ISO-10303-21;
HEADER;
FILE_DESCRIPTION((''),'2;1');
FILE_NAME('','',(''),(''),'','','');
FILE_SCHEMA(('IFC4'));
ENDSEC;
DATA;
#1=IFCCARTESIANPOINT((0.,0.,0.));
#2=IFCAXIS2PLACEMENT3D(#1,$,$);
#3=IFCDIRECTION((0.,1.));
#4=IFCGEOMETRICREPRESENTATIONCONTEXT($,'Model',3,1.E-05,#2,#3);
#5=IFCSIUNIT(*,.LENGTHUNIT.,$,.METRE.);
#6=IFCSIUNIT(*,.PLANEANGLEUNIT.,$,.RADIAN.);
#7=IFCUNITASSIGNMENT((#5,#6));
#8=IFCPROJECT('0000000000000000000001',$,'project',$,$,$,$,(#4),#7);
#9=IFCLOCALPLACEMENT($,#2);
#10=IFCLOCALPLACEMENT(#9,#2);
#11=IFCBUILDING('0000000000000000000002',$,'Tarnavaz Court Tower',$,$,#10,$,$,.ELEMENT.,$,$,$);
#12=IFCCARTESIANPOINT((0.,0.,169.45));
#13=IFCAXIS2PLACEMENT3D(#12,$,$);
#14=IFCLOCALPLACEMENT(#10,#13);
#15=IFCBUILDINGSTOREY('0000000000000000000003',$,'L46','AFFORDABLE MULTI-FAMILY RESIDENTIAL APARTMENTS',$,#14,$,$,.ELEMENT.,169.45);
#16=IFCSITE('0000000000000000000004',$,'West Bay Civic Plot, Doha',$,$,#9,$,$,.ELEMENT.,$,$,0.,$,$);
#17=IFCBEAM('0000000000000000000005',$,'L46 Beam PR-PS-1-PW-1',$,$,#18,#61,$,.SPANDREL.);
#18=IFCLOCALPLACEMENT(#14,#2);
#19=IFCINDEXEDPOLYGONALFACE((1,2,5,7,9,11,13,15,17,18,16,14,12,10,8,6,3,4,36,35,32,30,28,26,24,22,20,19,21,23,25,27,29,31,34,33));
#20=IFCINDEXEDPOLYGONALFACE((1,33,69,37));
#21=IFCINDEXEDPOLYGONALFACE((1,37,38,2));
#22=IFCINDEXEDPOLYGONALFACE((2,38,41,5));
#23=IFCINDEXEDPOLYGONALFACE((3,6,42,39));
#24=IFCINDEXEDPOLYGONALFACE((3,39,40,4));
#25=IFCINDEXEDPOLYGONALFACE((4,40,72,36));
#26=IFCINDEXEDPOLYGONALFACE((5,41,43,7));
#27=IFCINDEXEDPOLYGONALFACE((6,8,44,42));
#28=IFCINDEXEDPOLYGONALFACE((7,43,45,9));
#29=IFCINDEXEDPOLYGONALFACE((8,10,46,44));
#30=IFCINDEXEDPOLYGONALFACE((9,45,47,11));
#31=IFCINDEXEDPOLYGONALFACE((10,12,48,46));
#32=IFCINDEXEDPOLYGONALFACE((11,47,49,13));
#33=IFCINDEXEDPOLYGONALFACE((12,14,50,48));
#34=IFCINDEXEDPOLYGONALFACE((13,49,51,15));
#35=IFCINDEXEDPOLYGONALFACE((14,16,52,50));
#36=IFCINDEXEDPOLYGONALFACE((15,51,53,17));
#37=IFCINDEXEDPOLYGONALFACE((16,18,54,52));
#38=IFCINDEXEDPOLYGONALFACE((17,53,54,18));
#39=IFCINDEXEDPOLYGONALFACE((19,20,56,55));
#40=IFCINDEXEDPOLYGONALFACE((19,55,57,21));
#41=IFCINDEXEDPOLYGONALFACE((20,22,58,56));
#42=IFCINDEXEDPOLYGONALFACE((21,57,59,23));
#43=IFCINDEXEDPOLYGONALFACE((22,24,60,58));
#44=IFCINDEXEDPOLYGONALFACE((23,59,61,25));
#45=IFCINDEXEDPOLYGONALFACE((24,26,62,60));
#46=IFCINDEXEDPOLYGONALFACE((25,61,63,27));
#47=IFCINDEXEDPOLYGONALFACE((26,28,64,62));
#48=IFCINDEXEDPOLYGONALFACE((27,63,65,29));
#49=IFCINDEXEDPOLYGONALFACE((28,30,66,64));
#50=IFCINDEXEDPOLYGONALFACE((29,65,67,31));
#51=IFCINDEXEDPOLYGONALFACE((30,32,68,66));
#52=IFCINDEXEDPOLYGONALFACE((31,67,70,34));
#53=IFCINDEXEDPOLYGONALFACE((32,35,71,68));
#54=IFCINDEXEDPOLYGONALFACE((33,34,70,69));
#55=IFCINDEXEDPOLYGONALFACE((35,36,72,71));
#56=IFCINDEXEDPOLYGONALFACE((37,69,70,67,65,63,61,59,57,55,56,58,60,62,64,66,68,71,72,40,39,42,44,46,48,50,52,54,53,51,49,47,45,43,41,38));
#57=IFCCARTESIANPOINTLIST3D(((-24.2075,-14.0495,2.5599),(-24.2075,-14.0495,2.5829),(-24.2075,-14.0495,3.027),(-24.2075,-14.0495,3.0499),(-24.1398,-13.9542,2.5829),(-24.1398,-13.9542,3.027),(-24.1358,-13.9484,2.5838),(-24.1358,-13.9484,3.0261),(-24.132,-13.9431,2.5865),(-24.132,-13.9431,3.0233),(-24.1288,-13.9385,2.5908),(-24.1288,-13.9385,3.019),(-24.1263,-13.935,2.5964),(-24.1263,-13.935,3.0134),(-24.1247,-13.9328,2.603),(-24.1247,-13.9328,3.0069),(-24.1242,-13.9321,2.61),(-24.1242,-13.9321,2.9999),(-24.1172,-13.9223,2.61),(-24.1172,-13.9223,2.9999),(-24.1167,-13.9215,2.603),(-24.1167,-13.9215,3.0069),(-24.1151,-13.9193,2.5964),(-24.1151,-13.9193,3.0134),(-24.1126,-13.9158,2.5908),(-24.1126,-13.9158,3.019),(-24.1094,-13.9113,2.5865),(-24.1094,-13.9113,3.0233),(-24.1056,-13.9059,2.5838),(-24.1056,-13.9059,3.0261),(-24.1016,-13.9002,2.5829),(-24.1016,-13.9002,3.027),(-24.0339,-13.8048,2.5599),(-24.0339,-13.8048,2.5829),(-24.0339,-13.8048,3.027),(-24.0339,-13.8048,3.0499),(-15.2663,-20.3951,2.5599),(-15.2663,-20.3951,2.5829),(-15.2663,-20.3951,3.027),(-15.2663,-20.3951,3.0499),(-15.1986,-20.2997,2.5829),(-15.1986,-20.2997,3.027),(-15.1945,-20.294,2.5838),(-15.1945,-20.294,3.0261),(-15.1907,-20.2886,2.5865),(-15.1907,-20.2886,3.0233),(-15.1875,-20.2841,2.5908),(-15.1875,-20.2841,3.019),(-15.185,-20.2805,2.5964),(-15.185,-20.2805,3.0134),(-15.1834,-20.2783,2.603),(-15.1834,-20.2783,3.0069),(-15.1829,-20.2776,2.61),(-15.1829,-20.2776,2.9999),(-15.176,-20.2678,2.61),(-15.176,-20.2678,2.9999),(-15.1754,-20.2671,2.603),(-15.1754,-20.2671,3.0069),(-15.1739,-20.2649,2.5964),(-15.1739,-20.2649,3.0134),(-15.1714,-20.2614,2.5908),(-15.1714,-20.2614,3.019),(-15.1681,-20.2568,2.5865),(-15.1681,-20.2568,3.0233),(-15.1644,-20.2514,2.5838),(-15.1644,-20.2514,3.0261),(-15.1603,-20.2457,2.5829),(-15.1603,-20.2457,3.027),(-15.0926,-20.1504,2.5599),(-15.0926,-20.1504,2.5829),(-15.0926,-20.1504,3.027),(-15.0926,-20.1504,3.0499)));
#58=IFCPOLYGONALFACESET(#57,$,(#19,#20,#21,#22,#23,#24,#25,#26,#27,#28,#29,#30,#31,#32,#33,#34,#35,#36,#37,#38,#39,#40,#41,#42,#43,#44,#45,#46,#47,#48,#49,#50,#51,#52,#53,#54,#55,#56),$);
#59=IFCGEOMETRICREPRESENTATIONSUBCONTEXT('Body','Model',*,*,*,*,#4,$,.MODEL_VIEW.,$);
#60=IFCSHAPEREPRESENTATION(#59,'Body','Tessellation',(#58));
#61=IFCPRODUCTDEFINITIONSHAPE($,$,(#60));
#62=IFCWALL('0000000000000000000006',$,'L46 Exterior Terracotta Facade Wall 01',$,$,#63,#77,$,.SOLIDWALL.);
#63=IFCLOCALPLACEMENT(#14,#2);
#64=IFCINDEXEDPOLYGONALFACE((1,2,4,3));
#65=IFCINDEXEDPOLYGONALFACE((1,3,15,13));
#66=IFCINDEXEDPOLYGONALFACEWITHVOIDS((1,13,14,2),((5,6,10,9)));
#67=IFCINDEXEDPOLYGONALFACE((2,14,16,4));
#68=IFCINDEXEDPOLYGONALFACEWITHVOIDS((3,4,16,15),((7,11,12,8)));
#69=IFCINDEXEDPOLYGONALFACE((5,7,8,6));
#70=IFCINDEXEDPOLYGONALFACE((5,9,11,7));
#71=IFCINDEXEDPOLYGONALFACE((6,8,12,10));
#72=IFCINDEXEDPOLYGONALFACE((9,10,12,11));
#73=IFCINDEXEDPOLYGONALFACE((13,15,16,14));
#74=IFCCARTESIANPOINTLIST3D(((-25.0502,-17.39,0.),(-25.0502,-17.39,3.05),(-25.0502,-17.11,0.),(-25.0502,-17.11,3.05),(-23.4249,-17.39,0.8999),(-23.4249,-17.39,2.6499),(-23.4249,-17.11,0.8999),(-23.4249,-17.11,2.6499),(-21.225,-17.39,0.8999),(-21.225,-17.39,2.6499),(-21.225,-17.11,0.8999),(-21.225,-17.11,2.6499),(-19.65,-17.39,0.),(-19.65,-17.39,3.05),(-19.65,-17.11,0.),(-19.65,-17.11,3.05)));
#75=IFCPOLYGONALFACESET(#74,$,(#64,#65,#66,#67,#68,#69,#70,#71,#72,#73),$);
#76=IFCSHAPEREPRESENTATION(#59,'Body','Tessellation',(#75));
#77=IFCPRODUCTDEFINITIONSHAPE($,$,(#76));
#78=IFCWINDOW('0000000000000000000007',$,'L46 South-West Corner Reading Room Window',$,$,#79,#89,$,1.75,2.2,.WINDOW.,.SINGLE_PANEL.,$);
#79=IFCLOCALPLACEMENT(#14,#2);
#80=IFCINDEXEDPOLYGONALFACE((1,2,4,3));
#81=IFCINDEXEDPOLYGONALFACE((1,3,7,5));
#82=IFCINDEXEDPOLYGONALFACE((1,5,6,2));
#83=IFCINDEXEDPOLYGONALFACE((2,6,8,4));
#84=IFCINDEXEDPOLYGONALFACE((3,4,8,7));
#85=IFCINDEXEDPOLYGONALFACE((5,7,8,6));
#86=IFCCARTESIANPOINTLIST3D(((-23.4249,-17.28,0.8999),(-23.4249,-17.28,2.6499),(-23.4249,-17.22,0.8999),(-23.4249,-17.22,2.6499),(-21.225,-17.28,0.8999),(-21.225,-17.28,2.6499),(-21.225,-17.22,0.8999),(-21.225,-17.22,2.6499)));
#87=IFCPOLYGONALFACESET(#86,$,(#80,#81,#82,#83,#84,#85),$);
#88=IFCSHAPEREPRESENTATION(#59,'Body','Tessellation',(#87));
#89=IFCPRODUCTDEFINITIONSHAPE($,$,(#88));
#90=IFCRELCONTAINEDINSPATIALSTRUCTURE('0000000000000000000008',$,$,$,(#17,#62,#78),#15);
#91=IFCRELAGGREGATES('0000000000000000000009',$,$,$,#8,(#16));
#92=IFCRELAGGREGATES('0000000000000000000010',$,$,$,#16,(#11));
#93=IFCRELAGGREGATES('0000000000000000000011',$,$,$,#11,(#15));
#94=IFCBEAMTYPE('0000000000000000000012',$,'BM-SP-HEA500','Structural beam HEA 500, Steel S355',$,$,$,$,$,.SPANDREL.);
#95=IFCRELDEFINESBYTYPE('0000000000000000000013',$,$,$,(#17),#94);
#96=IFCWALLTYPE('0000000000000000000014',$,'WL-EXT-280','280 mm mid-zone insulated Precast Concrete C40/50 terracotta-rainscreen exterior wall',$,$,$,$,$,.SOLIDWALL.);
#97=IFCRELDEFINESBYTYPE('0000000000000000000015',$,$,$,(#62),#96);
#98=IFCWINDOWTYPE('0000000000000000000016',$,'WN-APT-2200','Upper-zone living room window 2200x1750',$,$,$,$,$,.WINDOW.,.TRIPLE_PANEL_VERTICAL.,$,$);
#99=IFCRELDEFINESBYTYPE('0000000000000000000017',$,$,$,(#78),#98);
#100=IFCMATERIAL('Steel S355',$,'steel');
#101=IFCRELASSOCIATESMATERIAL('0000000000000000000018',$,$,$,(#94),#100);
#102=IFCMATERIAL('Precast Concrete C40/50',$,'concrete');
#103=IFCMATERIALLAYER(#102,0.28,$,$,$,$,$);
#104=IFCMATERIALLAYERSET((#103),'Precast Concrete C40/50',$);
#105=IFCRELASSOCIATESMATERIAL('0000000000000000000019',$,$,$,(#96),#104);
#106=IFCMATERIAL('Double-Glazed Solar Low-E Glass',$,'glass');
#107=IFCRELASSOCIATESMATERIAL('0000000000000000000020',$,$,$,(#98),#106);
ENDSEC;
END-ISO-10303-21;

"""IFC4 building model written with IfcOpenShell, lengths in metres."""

from ifc_helpers import new_model, si_unit, direction, frame, frame_2d, origin, origin_2d, place, context, subcontext, project, spatial, rectangle, i_section, extrude, material, layer, layer_set, material_profile, profile_set, type_object, element, fill, save


model = new_model("IFC4")

# Units and contexts
model_context = context("Model", 3, precision=1e-05, world=origin(), true_north=direction((0.0, 1.0)))
body_context = subcontext(model_context, "Body", "Model", "MODEL_VIEW")
ifc_project = project(units=[si_unit("LENGTHUNIT", "METRE"), si_unit("PLANEANGLEUNIT", "RADIAN")], contexts=[model_context])

# Site, building, storey
site_placement = place(None, origin())
site = spatial("IfcSite", under=ifc_project, at=site_placement, Name="West Bay Civic Plot, Doha", CompositionType="ELEMENT", RefElevation=0.0)
building_placement = place(site_placement, origin())
building = spatial("IfcBuilding", under=site, at=building_placement, Name="Tarnavaz Court Tower", CompositionType="ELEMENT")
storey_placement = place(building_placement, frame((0.0, 0.0, 169.45)))
storey = spatial("IfcBuildingStorey", under=building, at=storey_placement, Name="L46", Description="AFFORDABLE MULTI-FAMILY RESIDENTIAL APARTMENTS", CompositionType="ELEMENT", Elevation=169.45)

# Beam
ifc_material_1 = material(Name="Steel S355", Category="steel")
ifc_material_profile_1 = material_profile(ifc_material_1, i_section(OverallWidth=0.3, OverallDepth=0.49, WebThickness=0.012, FlangeThickness=0.0229, FilletRadius=0.0271, at=origin_2d()), Name="HEA 500")
ifc_profile_set_1 = profile_set([ifc_material_profile_1], Name="Steel S355")
beam_type_1 = type_object("IfcBeamType", Name="BM-SP-HEA500", Description="Structural beam HEA 500, Steel S355", PredefinedType="SPANDREL", material=ifc_profile_set_1)
beam_1_placement = place(storey_placement, frame((-15.1794, -20.2727, 2.8049), z_axis=(-0.815502, 0.578754, 0.0), x_axis=(-0.578754, -0.815502, 0.0)))
element("IfcBeam", 1, at=beam_1_placement, inside=storey, type_object=beam_type_1, Name="L46 Beam PR-PS-1-PW-1", PredefinedType="SPANDREL", context=body_context, shape_type="SweptSolid", body=[
    extrude(i_section(OverallWidth=0.3, OverallDepth=0.49, WebThickness=0.012, FlangeThickness=0.0229, FilletRadius=0.0271, at=origin_2d()), origin(), (0.0, 0.0, 1.0), 10.9641),
])

# Wall, opening, window
ifc_material_2 = material(Name="Precast Concrete C40/50", Category="concrete")
ifc_layer_1 = layer(ifc_material_2, 0.28)
ifc_layer_set_1 = layer_set([ifc_layer_1], Name="Precast Concrete C40/50")
wall_type_1 = type_object("IfcWallType", Name="WL-EXT-280", Description="280 mm mid-zone insulated Precast Concrete C40/50 terracotta-rainscreen exterior wall", PredefinedType="SOLIDWALL", material=ifc_layer_set_1)
wall_1_placement = place(storey_placement, frame((-19.6499, -17.25, 0.0), z_axis=(0.0, 0.0, 1.0), x_axis=(-1.0, 0.0, 0.0)))
wall_1 = element("IfcWall", 2, at=wall_1_placement, inside=storey, type_object=wall_type_1, Name="L46 Exterior Terracotta Facade Wall 01", PredefinedType="SOLIDWALL", context=body_context, shape_type="SweptSolid", body=[
    extrude(rectangle(XDim=5.4001, YDim=0.28, at=frame_2d((2.7002, 0.0))), origin(), (0.0, 0.0, 1.0), 3.05),
])
opening_1_placement = place(wall_1_placement, frame((1.575, 0.0, 0.8999)))
opening_1 = element("IfcOpeningElement", 3, at=opening_1_placement, cuts=wall_1, PredefinedType="OPENING", context=body_context, shape_type="SweptSolid", body=[
    extrude(rectangle(XDim=2.2, YDim=1.75, at=frame_2d((1.1001, 0.875))), frame((0.0, 0.1499, 0.0), z_axis=(0.0, -1.0, 0.0), x_axis=(1.0, 0.0, 0.0)), (0.0, 0.0, 1.0), 0.3),
])
ifc_material_3 = material(Name="Double-Glazed Solar Low-E Glass", Category="glass")
window_type_1 = type_object("IfcWindowType", Name="WN-APT-2200", Description="Upper-zone living room window 2200x1750", PartitioningType="TRIPLE_PANEL_VERTICAL", PredefinedType="WINDOW", material=ifc_material_3)
window_1_placement = place(opening_1_placement, origin())
window_1 = element("IfcWindow", 4, at=window_1_placement, inside=storey, type_object=window_type_1, Name="L46 South-West Corner Reading Room Window", OverallHeight=1.75, OverallWidth=2.2, PartitioningType="SINGLE_PANEL", PredefinedType="WINDOW", context=body_context, shape_type="SweptSolid", body=[
    extrude(rectangle(XDim=2.2, YDim=1.75, at=frame_2d((1.1001, 0.875))), frame((0.0, 0.03, 0.0), z_axis=(0.0, -1.0, 0.0), x_axis=(1.0, 0.0, 0.0)), (0.0, 0.0, 1.0), 0.0601),
])
fill(opening_1, window_1)

save(model, "model.ifc")
